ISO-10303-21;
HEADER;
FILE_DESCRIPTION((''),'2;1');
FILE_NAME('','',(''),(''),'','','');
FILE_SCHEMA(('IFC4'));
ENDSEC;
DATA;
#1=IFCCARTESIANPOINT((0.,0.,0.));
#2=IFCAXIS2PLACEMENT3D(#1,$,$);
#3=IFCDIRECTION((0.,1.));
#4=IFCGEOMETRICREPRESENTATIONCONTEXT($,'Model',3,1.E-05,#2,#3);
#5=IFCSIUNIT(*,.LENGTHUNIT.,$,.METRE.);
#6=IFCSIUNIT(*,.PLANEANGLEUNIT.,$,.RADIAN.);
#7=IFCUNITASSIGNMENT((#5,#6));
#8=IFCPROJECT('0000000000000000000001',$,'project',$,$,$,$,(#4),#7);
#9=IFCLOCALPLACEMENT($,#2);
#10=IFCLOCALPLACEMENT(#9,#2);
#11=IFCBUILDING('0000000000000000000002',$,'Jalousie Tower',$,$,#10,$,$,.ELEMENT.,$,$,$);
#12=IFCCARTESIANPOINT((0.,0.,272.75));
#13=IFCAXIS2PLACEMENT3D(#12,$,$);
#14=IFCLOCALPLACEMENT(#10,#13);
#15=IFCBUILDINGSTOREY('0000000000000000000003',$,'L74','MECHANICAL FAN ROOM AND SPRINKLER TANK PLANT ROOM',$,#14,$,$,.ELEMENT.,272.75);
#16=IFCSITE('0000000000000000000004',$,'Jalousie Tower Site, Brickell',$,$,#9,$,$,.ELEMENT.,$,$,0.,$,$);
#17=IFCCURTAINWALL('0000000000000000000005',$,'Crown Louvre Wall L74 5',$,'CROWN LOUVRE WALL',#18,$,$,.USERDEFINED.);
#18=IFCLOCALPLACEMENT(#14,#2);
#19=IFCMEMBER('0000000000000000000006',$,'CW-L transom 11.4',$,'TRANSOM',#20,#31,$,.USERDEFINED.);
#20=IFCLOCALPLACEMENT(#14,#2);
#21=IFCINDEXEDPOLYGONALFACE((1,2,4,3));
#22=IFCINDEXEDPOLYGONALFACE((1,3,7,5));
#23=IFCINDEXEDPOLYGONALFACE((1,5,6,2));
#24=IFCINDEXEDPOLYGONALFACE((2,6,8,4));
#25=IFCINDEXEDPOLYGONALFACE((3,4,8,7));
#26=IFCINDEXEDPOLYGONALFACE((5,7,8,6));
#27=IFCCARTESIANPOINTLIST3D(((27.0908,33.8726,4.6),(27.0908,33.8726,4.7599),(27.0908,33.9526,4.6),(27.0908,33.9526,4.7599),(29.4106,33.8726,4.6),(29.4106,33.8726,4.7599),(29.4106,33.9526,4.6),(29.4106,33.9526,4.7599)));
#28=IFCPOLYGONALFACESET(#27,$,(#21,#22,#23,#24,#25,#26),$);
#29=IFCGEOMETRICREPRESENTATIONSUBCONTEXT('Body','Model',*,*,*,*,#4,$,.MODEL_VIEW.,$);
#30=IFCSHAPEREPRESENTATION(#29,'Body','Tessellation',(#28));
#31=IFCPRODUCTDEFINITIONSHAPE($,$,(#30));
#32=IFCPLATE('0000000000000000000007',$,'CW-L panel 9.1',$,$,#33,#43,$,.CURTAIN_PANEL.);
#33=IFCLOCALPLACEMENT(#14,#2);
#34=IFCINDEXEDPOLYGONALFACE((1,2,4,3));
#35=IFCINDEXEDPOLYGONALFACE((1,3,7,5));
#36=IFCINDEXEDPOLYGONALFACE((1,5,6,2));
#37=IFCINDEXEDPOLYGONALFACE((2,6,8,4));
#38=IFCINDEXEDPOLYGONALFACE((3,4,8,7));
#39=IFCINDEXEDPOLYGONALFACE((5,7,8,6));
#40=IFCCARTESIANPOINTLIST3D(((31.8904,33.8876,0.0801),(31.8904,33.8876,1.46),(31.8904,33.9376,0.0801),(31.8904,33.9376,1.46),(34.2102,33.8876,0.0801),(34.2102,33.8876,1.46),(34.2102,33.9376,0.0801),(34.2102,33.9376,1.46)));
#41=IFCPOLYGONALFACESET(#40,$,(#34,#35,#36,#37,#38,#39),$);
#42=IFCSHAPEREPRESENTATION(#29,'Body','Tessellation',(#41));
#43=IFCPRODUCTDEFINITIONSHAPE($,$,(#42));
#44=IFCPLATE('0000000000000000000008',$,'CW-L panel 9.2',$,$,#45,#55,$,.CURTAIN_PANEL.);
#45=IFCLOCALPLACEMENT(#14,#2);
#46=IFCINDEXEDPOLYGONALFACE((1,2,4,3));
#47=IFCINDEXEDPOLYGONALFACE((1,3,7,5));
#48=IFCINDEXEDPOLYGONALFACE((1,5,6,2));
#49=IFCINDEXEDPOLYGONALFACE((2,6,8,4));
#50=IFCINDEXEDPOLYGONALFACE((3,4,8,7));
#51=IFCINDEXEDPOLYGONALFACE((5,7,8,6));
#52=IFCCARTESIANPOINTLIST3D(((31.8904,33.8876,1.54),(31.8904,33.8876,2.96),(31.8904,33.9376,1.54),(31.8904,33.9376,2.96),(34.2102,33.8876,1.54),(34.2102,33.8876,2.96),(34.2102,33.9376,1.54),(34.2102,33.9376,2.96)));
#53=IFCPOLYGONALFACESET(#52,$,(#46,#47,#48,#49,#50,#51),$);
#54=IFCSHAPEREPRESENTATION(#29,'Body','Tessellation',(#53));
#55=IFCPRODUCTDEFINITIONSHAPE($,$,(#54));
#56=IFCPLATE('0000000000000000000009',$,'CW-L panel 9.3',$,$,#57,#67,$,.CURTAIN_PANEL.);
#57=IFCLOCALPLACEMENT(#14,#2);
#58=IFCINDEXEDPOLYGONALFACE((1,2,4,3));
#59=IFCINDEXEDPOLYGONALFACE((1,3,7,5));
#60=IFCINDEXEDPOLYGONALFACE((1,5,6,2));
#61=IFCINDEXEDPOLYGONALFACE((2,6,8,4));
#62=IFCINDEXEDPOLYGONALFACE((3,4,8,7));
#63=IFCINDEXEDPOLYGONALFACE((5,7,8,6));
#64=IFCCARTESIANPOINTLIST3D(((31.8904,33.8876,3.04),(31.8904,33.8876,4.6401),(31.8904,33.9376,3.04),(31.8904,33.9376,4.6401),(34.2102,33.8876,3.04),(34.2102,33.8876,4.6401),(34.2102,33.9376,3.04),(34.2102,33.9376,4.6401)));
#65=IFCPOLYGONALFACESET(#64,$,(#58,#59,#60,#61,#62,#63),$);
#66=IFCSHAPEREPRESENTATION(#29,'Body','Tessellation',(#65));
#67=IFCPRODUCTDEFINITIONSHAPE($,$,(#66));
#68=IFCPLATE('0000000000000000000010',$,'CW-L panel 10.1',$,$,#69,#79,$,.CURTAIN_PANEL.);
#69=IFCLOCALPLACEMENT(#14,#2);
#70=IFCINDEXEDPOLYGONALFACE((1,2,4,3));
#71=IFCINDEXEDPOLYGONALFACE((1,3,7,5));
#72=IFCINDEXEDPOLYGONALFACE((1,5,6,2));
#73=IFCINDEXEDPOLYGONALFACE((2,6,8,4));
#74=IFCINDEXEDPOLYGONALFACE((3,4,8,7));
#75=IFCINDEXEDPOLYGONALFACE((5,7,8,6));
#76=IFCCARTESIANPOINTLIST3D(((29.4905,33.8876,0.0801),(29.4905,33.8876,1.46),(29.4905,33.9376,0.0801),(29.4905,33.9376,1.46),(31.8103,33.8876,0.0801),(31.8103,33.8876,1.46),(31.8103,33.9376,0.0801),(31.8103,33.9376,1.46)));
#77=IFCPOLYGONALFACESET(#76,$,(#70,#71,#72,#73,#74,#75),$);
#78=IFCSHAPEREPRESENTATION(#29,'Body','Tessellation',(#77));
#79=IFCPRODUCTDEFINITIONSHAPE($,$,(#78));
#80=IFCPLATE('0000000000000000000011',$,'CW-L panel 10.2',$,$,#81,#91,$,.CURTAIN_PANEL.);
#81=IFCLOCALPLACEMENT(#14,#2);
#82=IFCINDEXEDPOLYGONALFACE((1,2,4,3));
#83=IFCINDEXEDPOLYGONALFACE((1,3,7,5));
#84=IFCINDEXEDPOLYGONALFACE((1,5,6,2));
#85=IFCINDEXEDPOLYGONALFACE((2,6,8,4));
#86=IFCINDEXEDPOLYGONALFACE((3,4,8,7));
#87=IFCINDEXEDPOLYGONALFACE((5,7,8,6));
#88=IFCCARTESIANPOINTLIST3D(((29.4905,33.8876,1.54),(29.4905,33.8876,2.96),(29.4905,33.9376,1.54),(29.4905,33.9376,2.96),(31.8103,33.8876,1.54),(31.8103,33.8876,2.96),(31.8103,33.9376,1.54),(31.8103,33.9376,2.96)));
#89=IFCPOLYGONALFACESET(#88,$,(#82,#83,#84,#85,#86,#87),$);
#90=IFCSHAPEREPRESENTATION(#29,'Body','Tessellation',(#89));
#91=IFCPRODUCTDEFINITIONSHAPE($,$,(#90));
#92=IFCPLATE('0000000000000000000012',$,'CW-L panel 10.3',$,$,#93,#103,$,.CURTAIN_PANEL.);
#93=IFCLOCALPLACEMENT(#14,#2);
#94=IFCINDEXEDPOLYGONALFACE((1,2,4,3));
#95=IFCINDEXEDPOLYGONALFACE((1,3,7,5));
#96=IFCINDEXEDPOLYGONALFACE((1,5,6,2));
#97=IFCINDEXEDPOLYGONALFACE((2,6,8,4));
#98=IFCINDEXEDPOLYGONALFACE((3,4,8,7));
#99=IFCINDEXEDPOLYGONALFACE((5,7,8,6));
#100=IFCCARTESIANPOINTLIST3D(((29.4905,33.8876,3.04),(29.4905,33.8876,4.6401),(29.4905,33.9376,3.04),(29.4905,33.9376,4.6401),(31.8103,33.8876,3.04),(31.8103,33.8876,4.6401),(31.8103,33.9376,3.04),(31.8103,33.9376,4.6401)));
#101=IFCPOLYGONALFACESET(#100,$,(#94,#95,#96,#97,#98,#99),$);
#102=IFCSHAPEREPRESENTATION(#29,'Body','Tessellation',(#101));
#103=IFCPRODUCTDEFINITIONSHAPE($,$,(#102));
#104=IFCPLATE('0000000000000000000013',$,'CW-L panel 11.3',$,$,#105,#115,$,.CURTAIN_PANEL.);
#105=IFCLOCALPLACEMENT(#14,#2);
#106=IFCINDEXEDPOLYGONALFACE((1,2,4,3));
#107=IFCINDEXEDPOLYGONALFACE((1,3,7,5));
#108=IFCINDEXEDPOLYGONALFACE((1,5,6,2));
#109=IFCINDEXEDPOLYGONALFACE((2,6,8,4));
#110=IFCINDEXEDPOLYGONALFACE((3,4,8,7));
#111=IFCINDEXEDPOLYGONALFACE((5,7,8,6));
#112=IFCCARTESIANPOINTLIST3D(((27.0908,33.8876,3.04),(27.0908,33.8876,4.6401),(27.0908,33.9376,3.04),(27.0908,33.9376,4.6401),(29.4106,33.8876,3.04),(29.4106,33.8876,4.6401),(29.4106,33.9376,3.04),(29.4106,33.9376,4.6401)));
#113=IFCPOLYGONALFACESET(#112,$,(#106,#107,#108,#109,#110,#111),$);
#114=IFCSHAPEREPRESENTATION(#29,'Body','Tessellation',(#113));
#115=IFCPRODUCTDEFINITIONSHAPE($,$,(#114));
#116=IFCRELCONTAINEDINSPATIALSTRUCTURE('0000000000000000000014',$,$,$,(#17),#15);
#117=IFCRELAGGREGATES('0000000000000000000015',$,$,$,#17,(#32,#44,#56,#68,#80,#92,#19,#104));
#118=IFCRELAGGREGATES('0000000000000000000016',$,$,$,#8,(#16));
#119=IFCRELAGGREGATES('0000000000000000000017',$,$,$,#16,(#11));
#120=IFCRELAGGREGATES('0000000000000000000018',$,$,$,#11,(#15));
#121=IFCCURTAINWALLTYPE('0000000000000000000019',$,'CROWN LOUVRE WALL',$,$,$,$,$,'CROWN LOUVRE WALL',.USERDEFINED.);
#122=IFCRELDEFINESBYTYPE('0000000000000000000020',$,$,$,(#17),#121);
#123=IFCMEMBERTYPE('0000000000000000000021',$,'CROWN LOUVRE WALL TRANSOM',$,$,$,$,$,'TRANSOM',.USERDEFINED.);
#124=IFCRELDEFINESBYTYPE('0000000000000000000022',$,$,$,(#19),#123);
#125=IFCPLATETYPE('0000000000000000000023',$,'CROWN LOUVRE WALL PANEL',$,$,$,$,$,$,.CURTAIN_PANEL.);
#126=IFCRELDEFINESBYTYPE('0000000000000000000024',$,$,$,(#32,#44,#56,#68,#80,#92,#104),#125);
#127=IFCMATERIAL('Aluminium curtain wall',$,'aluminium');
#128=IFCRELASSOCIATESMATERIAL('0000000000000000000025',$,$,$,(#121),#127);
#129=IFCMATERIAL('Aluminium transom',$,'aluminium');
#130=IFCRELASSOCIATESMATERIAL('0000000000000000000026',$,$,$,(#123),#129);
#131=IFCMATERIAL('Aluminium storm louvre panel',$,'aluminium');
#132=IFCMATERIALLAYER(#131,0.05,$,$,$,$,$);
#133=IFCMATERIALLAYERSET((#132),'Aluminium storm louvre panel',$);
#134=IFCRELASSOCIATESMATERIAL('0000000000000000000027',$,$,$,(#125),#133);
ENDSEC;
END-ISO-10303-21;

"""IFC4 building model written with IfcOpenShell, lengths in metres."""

from ifc_helpers import new_model, si_unit, direction, frame, origin, origin_2d, place, context, subcontext, project, spatial, rectangle, extrude, material, layer, layer_set, material_profile, profile_set, type_object, element, aggregate, save


model = new_model("IFC4")

# Units and contexts
model_context = context("Model", 3, precision=1e-05, world=origin(), true_north=direction((0.0, 1.0)))
body_context = subcontext(model_context, "Body", "Model", "MODEL_VIEW")
ifc_project = project(units=[si_unit("LENGTHUNIT", "METRE"), si_unit("PLANEANGLEUNIT", "RADIAN")], contexts=[model_context])

# Site, building, storey
site_placement = place(None, origin())
site = spatial("IfcSite", under=ifc_project, at=site_placement, Name="Jalousie Tower Site, Brickell", CompositionType="ELEMENT", RefElevation=0.0)
building_placement = place(site_placement, origin())
building = spatial("IfcBuilding", under=site, at=building_placement, Name="Jalousie Tower", CompositionType="ELEMENT")
storey_placement = place(building_placement, frame((0.0, 0.0, 272.75)))
storey = spatial("IfcBuildingStorey", under=building, at=storey_placement, Name="L74", Description="MECHANICAL FAN ROOM AND SPRINKLER TANK PLANT ROOM", CompositionType="ELEMENT", Elevation=272.75)

# Curtain wall, member, plates
ifc_material_1 = material(Name="Aluminium curtain wall", Category="aluminium")
curtain_wall_type = type_object("IfcCurtainWallType", Name="CROWN LOUVRE WALL", ElementType="CROWN LOUVRE WALL", PredefinedType="USERDEFINED", material=ifc_material_1)
curtain_wall_placement = place(storey_placement, origin())
curtain_wall = element("IfcCurtainWall", 1, at=curtain_wall_placement, inside=storey, type_object=curtain_wall_type, Name="Crown Louvre Wall L74 5", ObjectType="CROWN LOUVRE WALL", PredefinedType="USERDEFINED")
ifc_material_2 = material(Name="Aluminium transom", Category="aluminium")
ifc_material_profile_1 = material_profile(ifc_material_2, rectangle(XDim=0.0801, YDim=0.1599, at=origin_2d()), Name="TRANSOM 80x160")
ifc_profile_set_1 = profile_set([ifc_material_profile_1], Name="Aluminium transom")
member_type_1 = type_object("IfcMemberType", Name="CROWN LOUVRE WALL TRANSOM", ElementType="TRANSOM", PredefinedType="USERDEFINED", material=ifc_profile_set_1)
member_1_placement = place(storey_placement, frame((29.4106, 33.9126, 4.6799), z_axis=(-1.0, 0.0, 0.0), x_axis=(0.0, -1.0, 0.0)))
member_1 = element("IfcMember", 2, at=member_1_placement, type_object=member_type_1, Name="CW-L transom 11.4", ObjectType="TRANSOM", PredefinedType="USERDEFINED", context=body_context, shape_type="SweptSolid", body=[
    extrude(rectangle(XDim=0.0801, YDim=0.1599, at=origin_2d()), origin(), (0.0, 0.0, 1.0), 2.3198),
])
ifc_material_3 = material(Name="Aluminium storm louvre panel", Category="aluminium")
ifc_layer = layer(ifc_material_3, 0.05)
ifc_layer_set = layer_set([ifc_layer], Name="Aluminium storm louvre panel")
plate_type = type_object("IfcPlateType", Name="CROWN LOUVRE WALL PANEL", PredefinedType="CURTAIN_PANEL", material=ifc_layer_set)
plate_1_placement = place(storey_placement, frame((33.0503, 33.9126, 0.0801), z_axis=(0.0, 0.0, 1.0), x_axis=(-1.0, 0.0, 0.0)))
plate_1 = element("IfcPlate", 3, at=plate_1_placement, type_object=plate_type, Name="CW-L panel 9.1", PredefinedType="CURTAIN_PANEL", context=body_context, shape_type="SweptSolid", body=[
    extrude(rectangle(XDim=2.3198, YDim=0.05, at=origin_2d()), origin(), (0.0, 0.0, 1.0), 1.3799),
])
plate_2_placement = place(storey_placement, frame((33.0503, 33.9126, 1.54), z_axis=(0.0, 0.0, 1.0), x_axis=(-1.0, 0.0, 0.0)))
plate_2 = element("IfcPlate", 4, at=plate_2_placement, type_object=plate_type, Name="CW-L panel 9.2", PredefinedType="CURTAIN_PANEL", context=body_context, shape_type="SweptSolid", body=[
    extrude(rectangle(XDim=2.3198, YDim=0.05, at=origin_2d()), origin(), (0.0, 0.0, 1.0), 1.4199),
])
plate_3_placement = place(storey_placement, frame((33.0503, 33.9126, 3.04), z_axis=(0.0, 0.0, 1.0), x_axis=(-1.0, 0.0, 0.0)))
plate_3 = element("IfcPlate", 5, at=plate_3_placement, type_object=plate_type, Name="CW-L panel 9.3", PredefinedType="CURTAIN_PANEL", context=body_context, shape_type="SweptSolid", body=[
    extrude(rectangle(XDim=2.3198, YDim=0.05, at=origin_2d()), origin(), (0.0, 0.0, 1.0), 1.6001),
])
plate_4_placement = place(storey_placement, frame((30.6504, 33.9126, 0.0801), z_axis=(0.0, 0.0, 1.0), x_axis=(-1.0, 0.0, 0.0)))
plate_4 = element("IfcPlate", 6, at=plate_4_placement, type_object=plate_type, Name="CW-L panel 10.1", PredefinedType="CURTAIN_PANEL", context=body_context, shape_type="SweptSolid", body=[
    extrude(rectangle(XDim=2.3198, YDim=0.05, at=origin_2d()), origin(), (0.0, 0.0, 1.0), 1.3799),
])
plate_5_placement = place(storey_placement, frame((30.6504, 33.9126, 1.54), z_axis=(0.0, 0.0, 1.0), x_axis=(-1.0, 0.0, 0.0)))
plate_5 = element("IfcPlate", 7, at=plate_5_placement, type_object=plate_type, Name="CW-L panel 10.2", PredefinedType="CURTAIN_PANEL", context=body_context, shape_type="SweptSolid", body=[
    extrude(rectangle(XDim=2.3198, YDim=0.05, at=origin_2d()), origin(), (0.0, 0.0, 1.0), 1.4199),
])
plate_6_placement = place(storey_placement, frame((30.6504, 33.9126, 3.04), z_axis=(0.0, 0.0, 1.0), x_axis=(-1.0, 0.0, 0.0)))
plate_6 = element("IfcPlate", 8, at=plate_6_placement, type_object=plate_type, Name="CW-L panel 10.3", PredefinedType="CURTAIN_PANEL", context=body_context, shape_type="SweptSolid", body=[
    extrude(rectangle(XDim=2.3198, YDim=0.05, at=origin_2d()), origin(), (0.0, 0.0, 1.0), 1.6001),
])
plate_7_placement = place(storey_placement, frame((28.2507, 33.9126, 3.04), z_axis=(0.0, 0.0, 1.0), x_axis=(-1.0, 0.0, 0.0)))
plate_7 = element("IfcPlate", 9, at=plate_7_placement, type_object=plate_type, Name="CW-L panel 11.3", PredefinedType="CURTAIN_PANEL", context=body_context, shape_type="SweptSolid", body=[
    extrude(rectangle(XDim=2.3198, YDim=0.05, at=origin_2d()), origin(), (0.0, 0.0, 1.0), 1.6001),
])
aggregate(curtain_wall, [plate_1, plate_2, plate_3, plate_4, plate_5, plate_6, member_1, plate_7])

save(model, "model.ifc")
